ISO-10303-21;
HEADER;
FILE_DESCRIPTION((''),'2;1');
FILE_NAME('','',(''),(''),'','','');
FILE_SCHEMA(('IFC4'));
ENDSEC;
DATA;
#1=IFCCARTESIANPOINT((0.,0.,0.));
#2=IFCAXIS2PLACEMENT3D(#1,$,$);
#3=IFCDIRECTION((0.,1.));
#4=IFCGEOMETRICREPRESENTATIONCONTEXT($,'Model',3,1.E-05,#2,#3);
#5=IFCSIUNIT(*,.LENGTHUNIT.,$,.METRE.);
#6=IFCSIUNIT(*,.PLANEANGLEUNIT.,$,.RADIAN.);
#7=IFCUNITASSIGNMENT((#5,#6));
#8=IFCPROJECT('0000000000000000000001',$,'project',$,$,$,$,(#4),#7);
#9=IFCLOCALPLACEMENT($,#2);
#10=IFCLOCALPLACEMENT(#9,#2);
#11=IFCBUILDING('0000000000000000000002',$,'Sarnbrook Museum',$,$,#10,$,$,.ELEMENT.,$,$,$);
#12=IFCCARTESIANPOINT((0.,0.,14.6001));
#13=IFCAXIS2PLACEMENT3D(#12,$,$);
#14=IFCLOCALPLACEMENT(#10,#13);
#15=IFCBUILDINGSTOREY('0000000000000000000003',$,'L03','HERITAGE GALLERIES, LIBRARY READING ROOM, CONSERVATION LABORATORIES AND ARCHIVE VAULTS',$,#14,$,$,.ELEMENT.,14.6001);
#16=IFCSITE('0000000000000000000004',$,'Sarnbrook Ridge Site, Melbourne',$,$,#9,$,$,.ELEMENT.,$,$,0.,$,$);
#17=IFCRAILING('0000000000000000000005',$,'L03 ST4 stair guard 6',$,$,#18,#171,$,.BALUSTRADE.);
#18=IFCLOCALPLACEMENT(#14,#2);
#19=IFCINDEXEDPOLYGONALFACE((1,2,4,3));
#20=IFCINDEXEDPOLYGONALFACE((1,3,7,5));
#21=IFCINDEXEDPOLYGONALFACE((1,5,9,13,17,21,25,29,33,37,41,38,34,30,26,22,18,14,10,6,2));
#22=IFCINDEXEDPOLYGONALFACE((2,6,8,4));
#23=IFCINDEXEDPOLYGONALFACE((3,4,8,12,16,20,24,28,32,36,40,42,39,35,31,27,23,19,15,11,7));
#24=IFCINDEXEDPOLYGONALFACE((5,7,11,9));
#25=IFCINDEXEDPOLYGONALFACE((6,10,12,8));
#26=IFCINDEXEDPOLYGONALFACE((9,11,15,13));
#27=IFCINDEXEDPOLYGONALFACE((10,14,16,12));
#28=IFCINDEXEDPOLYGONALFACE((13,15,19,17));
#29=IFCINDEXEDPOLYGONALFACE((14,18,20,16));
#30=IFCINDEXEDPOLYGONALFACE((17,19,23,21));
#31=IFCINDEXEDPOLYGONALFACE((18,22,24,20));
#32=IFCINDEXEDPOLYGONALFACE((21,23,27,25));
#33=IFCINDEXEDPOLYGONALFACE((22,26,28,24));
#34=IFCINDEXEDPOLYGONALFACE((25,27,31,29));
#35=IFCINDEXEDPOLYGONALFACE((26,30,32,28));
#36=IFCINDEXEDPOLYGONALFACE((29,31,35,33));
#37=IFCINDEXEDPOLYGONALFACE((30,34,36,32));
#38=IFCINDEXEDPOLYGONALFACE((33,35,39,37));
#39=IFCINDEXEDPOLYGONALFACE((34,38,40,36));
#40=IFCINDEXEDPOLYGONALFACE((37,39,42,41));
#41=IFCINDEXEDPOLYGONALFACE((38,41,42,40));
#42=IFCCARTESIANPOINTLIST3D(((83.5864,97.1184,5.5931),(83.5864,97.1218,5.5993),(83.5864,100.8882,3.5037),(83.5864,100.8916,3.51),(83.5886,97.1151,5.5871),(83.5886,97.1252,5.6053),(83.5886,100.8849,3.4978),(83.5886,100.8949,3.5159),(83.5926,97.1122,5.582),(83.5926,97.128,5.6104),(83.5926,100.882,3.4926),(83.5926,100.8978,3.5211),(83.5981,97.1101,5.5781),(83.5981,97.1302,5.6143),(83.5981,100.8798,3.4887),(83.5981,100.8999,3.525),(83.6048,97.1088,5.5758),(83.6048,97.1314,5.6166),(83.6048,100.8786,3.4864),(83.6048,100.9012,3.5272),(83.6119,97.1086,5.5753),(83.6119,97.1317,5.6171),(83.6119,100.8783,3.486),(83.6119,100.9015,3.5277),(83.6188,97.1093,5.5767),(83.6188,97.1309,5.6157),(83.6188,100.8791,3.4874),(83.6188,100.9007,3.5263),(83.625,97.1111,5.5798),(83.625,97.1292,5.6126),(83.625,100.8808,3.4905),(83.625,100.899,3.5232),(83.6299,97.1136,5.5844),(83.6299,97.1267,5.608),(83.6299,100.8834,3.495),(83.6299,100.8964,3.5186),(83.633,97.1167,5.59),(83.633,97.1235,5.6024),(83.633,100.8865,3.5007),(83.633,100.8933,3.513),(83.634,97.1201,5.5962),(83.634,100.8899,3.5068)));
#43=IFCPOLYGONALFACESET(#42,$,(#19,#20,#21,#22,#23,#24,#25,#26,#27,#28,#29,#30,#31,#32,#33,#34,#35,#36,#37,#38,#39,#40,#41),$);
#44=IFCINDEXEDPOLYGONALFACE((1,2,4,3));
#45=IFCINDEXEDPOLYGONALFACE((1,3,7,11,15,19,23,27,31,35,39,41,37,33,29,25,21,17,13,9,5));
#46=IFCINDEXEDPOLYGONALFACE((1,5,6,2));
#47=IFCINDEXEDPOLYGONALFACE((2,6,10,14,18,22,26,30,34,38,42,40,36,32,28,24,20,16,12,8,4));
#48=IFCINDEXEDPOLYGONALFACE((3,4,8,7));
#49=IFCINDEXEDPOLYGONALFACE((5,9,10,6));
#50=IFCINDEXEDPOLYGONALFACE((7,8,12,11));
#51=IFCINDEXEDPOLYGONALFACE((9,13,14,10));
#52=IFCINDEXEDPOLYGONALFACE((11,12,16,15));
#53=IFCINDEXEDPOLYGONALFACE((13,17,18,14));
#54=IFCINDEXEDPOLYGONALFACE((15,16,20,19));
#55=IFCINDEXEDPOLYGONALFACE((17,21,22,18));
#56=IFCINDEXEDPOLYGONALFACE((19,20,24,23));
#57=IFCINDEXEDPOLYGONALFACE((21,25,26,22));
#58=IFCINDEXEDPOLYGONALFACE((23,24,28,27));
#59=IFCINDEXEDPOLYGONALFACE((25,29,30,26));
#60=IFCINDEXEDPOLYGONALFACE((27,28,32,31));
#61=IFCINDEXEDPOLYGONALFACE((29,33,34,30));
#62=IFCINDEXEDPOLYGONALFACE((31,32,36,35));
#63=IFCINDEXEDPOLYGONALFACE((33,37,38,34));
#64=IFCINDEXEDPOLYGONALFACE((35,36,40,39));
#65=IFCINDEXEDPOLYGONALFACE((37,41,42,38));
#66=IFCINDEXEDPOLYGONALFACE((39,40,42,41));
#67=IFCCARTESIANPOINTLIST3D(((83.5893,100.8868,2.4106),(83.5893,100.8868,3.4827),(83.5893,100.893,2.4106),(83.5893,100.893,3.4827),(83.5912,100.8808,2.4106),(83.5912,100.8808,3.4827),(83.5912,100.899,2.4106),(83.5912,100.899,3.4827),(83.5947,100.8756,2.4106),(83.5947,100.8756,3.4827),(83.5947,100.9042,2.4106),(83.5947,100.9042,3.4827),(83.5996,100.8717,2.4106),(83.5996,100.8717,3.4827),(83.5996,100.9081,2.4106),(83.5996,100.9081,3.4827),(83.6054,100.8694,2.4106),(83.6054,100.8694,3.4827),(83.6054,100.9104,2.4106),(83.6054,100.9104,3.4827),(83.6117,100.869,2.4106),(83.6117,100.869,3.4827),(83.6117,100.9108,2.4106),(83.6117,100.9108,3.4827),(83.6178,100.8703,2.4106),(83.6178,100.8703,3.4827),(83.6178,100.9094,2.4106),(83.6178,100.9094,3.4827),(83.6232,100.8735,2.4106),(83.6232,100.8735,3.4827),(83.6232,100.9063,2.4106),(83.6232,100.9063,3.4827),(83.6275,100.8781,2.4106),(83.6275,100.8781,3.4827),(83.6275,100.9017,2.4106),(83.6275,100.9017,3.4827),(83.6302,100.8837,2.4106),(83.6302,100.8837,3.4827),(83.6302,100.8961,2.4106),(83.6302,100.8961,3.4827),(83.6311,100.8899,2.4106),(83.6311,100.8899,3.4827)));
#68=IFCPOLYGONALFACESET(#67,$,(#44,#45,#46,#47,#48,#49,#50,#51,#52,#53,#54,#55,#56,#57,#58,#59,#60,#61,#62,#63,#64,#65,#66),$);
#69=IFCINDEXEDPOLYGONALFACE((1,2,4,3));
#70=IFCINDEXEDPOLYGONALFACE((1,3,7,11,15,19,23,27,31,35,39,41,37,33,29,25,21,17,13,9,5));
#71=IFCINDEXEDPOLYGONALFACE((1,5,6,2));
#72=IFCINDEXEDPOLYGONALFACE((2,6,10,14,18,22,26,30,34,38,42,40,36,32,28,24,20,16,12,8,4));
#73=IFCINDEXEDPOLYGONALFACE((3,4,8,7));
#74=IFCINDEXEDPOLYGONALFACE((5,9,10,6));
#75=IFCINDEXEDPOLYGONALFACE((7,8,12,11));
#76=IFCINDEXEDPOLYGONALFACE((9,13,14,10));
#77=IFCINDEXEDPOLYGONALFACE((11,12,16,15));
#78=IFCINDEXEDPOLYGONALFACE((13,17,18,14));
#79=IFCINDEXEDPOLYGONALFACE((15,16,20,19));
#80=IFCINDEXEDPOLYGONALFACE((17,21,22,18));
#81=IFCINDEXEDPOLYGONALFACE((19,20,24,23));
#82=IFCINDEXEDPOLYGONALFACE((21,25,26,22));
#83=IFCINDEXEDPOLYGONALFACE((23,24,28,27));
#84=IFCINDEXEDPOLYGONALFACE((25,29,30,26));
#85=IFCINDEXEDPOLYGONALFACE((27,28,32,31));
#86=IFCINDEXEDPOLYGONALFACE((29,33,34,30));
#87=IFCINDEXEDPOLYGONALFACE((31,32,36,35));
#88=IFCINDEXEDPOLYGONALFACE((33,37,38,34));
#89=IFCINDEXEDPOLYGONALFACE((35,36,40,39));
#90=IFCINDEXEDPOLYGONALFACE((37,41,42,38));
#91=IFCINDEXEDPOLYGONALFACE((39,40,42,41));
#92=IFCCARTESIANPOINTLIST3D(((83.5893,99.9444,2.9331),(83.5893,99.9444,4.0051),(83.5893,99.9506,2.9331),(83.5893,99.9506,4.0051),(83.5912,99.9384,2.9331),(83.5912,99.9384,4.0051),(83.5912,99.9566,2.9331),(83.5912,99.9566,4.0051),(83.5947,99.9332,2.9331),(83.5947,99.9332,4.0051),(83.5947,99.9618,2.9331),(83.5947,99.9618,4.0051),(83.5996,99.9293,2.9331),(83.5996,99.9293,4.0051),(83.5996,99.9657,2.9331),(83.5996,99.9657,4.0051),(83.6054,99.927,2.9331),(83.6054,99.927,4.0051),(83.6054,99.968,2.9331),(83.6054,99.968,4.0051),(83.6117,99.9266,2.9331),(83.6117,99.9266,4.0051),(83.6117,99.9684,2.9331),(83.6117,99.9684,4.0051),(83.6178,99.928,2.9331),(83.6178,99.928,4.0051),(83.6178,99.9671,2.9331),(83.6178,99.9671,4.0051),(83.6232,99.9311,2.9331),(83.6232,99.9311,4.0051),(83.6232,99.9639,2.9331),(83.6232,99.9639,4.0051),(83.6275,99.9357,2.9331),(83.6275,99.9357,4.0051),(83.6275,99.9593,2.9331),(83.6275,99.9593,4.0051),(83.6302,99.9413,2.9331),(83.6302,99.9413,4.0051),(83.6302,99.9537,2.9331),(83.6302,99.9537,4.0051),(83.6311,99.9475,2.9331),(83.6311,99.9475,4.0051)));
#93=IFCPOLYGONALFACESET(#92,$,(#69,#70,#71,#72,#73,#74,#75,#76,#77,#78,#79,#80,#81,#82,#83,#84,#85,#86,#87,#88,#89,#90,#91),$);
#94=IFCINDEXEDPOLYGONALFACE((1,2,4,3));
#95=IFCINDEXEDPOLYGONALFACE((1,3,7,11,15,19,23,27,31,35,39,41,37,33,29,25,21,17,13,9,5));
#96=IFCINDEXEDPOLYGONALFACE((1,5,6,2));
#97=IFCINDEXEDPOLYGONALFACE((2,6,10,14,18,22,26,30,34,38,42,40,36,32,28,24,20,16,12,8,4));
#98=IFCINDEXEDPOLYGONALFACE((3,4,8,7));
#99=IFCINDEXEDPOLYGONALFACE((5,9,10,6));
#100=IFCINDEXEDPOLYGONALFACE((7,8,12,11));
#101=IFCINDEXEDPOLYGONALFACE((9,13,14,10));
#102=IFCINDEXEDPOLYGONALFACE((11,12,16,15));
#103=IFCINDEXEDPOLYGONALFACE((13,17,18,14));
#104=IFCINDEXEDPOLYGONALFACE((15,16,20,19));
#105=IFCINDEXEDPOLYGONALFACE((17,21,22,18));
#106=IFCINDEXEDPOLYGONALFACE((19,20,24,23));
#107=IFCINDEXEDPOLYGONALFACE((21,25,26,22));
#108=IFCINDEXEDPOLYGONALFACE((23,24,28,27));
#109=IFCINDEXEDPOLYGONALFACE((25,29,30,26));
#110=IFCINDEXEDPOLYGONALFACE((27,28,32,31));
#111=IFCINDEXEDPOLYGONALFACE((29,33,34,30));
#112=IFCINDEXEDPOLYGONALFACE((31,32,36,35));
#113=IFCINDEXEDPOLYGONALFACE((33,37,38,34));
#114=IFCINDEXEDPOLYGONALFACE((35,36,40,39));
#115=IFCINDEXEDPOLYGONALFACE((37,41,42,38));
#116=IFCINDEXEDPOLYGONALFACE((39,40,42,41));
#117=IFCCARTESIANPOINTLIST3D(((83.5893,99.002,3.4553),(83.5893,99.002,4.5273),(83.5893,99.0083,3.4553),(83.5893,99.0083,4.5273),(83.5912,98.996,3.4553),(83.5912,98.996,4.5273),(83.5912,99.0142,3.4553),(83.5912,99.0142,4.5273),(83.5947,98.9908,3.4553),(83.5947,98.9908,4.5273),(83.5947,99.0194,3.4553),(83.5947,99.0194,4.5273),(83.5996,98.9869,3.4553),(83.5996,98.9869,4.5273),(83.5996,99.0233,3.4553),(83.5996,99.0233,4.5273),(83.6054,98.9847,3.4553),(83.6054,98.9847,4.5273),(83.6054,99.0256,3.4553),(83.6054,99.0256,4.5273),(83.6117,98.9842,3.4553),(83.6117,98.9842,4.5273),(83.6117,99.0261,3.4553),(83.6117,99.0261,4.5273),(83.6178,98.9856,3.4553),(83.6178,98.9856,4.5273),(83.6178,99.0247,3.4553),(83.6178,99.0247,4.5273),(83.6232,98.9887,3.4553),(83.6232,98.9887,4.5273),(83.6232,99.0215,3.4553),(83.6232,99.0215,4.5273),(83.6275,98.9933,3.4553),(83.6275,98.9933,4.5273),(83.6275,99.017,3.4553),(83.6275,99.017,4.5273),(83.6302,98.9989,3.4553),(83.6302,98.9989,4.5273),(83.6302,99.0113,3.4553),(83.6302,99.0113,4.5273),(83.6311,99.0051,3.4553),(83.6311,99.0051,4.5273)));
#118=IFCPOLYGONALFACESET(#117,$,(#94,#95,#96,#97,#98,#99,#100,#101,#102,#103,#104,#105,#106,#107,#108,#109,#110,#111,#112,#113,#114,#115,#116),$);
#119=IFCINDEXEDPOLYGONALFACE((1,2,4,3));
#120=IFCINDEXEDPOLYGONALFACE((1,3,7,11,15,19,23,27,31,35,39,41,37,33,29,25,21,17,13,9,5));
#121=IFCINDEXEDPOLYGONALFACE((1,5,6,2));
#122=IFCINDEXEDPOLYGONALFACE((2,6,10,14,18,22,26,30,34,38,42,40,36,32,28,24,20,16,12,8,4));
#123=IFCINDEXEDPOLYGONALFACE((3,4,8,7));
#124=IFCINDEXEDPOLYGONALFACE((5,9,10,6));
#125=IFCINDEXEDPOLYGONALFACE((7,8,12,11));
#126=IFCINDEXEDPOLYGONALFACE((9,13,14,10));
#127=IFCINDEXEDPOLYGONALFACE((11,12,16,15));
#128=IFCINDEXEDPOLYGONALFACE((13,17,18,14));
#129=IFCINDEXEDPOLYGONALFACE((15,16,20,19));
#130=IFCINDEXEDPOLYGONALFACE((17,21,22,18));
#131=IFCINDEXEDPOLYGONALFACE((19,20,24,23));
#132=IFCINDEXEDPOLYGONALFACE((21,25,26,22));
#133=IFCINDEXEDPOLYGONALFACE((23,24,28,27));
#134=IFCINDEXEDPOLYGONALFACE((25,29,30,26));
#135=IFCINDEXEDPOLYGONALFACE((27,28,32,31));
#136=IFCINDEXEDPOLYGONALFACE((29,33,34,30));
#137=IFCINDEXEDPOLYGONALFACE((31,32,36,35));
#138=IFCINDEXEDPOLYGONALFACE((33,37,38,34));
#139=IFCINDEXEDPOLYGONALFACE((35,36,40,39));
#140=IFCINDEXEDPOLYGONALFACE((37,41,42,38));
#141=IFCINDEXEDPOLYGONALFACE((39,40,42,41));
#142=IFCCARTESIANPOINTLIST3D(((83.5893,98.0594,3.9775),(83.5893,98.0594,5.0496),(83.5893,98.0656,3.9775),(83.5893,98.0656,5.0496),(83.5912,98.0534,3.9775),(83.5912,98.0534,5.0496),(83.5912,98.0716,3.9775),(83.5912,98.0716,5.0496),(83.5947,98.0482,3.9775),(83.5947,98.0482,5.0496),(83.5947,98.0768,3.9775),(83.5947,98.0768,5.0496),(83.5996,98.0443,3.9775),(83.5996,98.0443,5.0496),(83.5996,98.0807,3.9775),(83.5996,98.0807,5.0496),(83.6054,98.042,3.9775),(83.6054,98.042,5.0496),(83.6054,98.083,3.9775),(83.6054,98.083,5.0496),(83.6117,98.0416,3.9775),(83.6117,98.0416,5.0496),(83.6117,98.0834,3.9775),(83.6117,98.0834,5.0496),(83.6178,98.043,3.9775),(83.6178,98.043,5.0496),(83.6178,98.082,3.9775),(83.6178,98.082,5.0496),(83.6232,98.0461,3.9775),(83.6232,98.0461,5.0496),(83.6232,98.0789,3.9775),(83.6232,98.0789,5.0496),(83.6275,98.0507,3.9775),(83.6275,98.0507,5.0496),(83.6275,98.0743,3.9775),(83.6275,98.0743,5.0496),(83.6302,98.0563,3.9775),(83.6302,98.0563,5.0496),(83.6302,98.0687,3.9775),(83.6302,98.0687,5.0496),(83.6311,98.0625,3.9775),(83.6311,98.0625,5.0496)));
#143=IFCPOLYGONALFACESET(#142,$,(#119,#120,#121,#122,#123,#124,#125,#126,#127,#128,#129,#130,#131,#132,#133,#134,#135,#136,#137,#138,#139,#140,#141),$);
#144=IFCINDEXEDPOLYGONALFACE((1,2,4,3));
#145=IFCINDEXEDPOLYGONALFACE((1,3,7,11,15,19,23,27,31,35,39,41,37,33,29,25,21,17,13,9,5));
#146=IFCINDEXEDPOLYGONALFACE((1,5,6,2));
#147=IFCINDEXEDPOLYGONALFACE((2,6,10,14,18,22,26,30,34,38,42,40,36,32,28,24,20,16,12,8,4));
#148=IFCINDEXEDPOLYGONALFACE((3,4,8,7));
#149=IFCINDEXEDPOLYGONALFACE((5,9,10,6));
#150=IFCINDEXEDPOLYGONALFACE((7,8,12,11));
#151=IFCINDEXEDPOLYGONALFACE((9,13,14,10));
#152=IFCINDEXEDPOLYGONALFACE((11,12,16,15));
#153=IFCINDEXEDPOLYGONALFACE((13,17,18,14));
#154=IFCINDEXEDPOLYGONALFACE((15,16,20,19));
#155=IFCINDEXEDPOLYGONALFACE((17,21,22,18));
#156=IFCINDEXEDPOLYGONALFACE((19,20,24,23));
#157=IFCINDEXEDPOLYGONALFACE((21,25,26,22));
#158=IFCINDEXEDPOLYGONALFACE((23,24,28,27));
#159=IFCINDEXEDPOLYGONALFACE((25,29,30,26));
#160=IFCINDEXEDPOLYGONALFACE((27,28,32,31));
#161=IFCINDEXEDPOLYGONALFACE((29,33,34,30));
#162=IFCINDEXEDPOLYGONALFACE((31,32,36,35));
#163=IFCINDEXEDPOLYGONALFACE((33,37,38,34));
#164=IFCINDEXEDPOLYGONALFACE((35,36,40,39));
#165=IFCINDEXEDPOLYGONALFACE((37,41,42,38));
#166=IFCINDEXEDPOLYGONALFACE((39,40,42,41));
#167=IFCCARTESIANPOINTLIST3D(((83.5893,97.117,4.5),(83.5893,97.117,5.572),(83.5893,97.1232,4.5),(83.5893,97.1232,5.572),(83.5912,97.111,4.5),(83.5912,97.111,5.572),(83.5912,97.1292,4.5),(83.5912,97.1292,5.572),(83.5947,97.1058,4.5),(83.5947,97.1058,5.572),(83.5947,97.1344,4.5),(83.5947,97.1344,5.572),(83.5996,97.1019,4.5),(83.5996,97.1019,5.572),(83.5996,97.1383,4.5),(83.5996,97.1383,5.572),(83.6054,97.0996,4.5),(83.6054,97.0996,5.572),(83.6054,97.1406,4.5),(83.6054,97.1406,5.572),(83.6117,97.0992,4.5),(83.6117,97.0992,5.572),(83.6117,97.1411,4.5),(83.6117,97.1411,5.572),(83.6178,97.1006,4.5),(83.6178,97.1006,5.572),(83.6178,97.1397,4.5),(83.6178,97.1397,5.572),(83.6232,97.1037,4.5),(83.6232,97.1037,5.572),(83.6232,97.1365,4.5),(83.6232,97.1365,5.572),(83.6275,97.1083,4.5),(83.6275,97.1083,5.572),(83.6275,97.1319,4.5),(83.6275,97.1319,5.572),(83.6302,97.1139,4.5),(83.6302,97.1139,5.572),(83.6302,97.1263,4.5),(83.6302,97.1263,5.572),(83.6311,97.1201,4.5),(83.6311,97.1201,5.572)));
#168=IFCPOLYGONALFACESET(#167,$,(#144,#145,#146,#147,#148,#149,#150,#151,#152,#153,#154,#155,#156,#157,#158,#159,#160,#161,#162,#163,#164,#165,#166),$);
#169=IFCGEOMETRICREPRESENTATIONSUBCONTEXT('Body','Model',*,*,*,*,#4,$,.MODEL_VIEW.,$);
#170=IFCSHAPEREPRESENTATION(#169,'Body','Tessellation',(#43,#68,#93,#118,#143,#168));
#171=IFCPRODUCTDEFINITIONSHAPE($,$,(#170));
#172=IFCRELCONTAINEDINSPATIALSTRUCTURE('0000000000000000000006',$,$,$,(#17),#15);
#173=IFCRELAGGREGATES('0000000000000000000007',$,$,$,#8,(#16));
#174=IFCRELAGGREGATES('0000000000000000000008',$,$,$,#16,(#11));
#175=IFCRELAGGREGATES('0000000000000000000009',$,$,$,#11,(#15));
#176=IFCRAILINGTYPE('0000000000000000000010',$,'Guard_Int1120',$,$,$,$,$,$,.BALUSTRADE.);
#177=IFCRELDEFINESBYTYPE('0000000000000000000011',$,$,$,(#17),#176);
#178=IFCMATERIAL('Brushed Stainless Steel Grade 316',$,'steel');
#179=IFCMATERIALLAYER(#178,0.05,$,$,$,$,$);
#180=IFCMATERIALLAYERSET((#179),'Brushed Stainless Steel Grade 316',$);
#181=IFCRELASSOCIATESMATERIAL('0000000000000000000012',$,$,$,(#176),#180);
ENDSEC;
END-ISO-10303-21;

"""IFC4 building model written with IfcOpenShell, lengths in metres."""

from ifc_helpers import new_model, si_unit, direction, frame, origin, origin_2d, place, context, subcontext, project, spatial, circle, extrude, material, layer, layer_set, type_object, element, save


model = new_model("IFC4")

# Units and contexts
model_context = context("Model", 3, precision=1e-05, world=origin(), true_north=direction((0.0, 1.0)))
body_context = subcontext(model_context, "Body", "Model", "MODEL_VIEW")
ifc_project = project(units=[si_unit("LENGTHUNIT", "METRE"), si_unit("PLANEANGLEUNIT", "RADIAN")], contexts=[model_context])

# Site, building, storey
site_placement = place(None, origin())
site = spatial("IfcSite", under=ifc_project, at=site_placement, Name="Sarnbrook Ridge Site, Melbourne", CompositionType="ELEMENT", RefElevation=0.0)
building_placement = place(site_placement, origin())
building = spatial("IfcBuilding", under=site, at=building_placement, Name="Sarnbrook Museum", CompositionType="ELEMENT")
storey_placement = place(building_placement, frame((0.0, 0.0, 14.6001)))
storey = spatial("IfcBuildingStorey", under=building, at=storey_placement, Name="L03", Description="HERITAGE GALLERIES, LIBRARY READING ROOM, CONSERVATION LABORATORIES AND ARCHIVE VAULTS", CompositionType="ELEMENT", Elevation=14.6001)

# Shared definitions
ifc_material_1 = material(Name="Brushed Stainless Steel Grade 316", Category="steel")

# Railing
ifc_layer_1 = layer(ifc_material_1, 0.05)
ifc_layer_set_1 = layer_set([ifc_layer_1], Name="Brushed Stainless Steel Grade 316")
railing_type_1 = type_object("IfcRailingType", Name="Guard_Int1120", PredefinedType="BALUSTRADE", material=ifc_layer_set_1)
railing_1_placement = place(storey_placement, frame((83.6101, 100.8899, 2.4106)))
element("IfcRailing", 1, at=railing_1_placement, inside=storey, type_object=railing_type_1, Name="L03 ST4 stair guard 6", PredefinedType="BALUSTRADE", context=body_context, shape_type="SweptSolid", body=[
    extrude(circle(Radius=0.0239, at=origin_2d()), frame((0.0, 0.0, 1.0962), z_axis=(0.0, -0.874646, 0.484763), x_axis=(1.0, 0.0, 0.0)), (0.0, 0.0, 1.0), 4.3101),
    extrude(circle(Radius=0.021, at=origin_2d()), origin(), (0.0, 0.0, 1.0), 1.072),
    extrude(circle(Radius=0.021, at=origin_2d()), frame((0.0, -0.9424, 0.5225)), (0.0, 0.0, 1.0), 1.072),
    extrude(circle(Radius=0.021, at=origin_2d()), frame((0.0, -1.8848, 1.0447)), (0.0, 0.0, 1.0), 1.072),
    extrude(circle(Radius=0.021, at=origin_2d()), frame((0.0, -2.8274, 1.5669)), (0.0, 0.0, 1.0), 1.072),
    extrude(circle(Radius=0.021, at=origin_2d()), frame((0.0, -3.7698, 2.0894)), (0.0, 0.0, 1.0), 1.072),
])

save(model, "model.ifc")
